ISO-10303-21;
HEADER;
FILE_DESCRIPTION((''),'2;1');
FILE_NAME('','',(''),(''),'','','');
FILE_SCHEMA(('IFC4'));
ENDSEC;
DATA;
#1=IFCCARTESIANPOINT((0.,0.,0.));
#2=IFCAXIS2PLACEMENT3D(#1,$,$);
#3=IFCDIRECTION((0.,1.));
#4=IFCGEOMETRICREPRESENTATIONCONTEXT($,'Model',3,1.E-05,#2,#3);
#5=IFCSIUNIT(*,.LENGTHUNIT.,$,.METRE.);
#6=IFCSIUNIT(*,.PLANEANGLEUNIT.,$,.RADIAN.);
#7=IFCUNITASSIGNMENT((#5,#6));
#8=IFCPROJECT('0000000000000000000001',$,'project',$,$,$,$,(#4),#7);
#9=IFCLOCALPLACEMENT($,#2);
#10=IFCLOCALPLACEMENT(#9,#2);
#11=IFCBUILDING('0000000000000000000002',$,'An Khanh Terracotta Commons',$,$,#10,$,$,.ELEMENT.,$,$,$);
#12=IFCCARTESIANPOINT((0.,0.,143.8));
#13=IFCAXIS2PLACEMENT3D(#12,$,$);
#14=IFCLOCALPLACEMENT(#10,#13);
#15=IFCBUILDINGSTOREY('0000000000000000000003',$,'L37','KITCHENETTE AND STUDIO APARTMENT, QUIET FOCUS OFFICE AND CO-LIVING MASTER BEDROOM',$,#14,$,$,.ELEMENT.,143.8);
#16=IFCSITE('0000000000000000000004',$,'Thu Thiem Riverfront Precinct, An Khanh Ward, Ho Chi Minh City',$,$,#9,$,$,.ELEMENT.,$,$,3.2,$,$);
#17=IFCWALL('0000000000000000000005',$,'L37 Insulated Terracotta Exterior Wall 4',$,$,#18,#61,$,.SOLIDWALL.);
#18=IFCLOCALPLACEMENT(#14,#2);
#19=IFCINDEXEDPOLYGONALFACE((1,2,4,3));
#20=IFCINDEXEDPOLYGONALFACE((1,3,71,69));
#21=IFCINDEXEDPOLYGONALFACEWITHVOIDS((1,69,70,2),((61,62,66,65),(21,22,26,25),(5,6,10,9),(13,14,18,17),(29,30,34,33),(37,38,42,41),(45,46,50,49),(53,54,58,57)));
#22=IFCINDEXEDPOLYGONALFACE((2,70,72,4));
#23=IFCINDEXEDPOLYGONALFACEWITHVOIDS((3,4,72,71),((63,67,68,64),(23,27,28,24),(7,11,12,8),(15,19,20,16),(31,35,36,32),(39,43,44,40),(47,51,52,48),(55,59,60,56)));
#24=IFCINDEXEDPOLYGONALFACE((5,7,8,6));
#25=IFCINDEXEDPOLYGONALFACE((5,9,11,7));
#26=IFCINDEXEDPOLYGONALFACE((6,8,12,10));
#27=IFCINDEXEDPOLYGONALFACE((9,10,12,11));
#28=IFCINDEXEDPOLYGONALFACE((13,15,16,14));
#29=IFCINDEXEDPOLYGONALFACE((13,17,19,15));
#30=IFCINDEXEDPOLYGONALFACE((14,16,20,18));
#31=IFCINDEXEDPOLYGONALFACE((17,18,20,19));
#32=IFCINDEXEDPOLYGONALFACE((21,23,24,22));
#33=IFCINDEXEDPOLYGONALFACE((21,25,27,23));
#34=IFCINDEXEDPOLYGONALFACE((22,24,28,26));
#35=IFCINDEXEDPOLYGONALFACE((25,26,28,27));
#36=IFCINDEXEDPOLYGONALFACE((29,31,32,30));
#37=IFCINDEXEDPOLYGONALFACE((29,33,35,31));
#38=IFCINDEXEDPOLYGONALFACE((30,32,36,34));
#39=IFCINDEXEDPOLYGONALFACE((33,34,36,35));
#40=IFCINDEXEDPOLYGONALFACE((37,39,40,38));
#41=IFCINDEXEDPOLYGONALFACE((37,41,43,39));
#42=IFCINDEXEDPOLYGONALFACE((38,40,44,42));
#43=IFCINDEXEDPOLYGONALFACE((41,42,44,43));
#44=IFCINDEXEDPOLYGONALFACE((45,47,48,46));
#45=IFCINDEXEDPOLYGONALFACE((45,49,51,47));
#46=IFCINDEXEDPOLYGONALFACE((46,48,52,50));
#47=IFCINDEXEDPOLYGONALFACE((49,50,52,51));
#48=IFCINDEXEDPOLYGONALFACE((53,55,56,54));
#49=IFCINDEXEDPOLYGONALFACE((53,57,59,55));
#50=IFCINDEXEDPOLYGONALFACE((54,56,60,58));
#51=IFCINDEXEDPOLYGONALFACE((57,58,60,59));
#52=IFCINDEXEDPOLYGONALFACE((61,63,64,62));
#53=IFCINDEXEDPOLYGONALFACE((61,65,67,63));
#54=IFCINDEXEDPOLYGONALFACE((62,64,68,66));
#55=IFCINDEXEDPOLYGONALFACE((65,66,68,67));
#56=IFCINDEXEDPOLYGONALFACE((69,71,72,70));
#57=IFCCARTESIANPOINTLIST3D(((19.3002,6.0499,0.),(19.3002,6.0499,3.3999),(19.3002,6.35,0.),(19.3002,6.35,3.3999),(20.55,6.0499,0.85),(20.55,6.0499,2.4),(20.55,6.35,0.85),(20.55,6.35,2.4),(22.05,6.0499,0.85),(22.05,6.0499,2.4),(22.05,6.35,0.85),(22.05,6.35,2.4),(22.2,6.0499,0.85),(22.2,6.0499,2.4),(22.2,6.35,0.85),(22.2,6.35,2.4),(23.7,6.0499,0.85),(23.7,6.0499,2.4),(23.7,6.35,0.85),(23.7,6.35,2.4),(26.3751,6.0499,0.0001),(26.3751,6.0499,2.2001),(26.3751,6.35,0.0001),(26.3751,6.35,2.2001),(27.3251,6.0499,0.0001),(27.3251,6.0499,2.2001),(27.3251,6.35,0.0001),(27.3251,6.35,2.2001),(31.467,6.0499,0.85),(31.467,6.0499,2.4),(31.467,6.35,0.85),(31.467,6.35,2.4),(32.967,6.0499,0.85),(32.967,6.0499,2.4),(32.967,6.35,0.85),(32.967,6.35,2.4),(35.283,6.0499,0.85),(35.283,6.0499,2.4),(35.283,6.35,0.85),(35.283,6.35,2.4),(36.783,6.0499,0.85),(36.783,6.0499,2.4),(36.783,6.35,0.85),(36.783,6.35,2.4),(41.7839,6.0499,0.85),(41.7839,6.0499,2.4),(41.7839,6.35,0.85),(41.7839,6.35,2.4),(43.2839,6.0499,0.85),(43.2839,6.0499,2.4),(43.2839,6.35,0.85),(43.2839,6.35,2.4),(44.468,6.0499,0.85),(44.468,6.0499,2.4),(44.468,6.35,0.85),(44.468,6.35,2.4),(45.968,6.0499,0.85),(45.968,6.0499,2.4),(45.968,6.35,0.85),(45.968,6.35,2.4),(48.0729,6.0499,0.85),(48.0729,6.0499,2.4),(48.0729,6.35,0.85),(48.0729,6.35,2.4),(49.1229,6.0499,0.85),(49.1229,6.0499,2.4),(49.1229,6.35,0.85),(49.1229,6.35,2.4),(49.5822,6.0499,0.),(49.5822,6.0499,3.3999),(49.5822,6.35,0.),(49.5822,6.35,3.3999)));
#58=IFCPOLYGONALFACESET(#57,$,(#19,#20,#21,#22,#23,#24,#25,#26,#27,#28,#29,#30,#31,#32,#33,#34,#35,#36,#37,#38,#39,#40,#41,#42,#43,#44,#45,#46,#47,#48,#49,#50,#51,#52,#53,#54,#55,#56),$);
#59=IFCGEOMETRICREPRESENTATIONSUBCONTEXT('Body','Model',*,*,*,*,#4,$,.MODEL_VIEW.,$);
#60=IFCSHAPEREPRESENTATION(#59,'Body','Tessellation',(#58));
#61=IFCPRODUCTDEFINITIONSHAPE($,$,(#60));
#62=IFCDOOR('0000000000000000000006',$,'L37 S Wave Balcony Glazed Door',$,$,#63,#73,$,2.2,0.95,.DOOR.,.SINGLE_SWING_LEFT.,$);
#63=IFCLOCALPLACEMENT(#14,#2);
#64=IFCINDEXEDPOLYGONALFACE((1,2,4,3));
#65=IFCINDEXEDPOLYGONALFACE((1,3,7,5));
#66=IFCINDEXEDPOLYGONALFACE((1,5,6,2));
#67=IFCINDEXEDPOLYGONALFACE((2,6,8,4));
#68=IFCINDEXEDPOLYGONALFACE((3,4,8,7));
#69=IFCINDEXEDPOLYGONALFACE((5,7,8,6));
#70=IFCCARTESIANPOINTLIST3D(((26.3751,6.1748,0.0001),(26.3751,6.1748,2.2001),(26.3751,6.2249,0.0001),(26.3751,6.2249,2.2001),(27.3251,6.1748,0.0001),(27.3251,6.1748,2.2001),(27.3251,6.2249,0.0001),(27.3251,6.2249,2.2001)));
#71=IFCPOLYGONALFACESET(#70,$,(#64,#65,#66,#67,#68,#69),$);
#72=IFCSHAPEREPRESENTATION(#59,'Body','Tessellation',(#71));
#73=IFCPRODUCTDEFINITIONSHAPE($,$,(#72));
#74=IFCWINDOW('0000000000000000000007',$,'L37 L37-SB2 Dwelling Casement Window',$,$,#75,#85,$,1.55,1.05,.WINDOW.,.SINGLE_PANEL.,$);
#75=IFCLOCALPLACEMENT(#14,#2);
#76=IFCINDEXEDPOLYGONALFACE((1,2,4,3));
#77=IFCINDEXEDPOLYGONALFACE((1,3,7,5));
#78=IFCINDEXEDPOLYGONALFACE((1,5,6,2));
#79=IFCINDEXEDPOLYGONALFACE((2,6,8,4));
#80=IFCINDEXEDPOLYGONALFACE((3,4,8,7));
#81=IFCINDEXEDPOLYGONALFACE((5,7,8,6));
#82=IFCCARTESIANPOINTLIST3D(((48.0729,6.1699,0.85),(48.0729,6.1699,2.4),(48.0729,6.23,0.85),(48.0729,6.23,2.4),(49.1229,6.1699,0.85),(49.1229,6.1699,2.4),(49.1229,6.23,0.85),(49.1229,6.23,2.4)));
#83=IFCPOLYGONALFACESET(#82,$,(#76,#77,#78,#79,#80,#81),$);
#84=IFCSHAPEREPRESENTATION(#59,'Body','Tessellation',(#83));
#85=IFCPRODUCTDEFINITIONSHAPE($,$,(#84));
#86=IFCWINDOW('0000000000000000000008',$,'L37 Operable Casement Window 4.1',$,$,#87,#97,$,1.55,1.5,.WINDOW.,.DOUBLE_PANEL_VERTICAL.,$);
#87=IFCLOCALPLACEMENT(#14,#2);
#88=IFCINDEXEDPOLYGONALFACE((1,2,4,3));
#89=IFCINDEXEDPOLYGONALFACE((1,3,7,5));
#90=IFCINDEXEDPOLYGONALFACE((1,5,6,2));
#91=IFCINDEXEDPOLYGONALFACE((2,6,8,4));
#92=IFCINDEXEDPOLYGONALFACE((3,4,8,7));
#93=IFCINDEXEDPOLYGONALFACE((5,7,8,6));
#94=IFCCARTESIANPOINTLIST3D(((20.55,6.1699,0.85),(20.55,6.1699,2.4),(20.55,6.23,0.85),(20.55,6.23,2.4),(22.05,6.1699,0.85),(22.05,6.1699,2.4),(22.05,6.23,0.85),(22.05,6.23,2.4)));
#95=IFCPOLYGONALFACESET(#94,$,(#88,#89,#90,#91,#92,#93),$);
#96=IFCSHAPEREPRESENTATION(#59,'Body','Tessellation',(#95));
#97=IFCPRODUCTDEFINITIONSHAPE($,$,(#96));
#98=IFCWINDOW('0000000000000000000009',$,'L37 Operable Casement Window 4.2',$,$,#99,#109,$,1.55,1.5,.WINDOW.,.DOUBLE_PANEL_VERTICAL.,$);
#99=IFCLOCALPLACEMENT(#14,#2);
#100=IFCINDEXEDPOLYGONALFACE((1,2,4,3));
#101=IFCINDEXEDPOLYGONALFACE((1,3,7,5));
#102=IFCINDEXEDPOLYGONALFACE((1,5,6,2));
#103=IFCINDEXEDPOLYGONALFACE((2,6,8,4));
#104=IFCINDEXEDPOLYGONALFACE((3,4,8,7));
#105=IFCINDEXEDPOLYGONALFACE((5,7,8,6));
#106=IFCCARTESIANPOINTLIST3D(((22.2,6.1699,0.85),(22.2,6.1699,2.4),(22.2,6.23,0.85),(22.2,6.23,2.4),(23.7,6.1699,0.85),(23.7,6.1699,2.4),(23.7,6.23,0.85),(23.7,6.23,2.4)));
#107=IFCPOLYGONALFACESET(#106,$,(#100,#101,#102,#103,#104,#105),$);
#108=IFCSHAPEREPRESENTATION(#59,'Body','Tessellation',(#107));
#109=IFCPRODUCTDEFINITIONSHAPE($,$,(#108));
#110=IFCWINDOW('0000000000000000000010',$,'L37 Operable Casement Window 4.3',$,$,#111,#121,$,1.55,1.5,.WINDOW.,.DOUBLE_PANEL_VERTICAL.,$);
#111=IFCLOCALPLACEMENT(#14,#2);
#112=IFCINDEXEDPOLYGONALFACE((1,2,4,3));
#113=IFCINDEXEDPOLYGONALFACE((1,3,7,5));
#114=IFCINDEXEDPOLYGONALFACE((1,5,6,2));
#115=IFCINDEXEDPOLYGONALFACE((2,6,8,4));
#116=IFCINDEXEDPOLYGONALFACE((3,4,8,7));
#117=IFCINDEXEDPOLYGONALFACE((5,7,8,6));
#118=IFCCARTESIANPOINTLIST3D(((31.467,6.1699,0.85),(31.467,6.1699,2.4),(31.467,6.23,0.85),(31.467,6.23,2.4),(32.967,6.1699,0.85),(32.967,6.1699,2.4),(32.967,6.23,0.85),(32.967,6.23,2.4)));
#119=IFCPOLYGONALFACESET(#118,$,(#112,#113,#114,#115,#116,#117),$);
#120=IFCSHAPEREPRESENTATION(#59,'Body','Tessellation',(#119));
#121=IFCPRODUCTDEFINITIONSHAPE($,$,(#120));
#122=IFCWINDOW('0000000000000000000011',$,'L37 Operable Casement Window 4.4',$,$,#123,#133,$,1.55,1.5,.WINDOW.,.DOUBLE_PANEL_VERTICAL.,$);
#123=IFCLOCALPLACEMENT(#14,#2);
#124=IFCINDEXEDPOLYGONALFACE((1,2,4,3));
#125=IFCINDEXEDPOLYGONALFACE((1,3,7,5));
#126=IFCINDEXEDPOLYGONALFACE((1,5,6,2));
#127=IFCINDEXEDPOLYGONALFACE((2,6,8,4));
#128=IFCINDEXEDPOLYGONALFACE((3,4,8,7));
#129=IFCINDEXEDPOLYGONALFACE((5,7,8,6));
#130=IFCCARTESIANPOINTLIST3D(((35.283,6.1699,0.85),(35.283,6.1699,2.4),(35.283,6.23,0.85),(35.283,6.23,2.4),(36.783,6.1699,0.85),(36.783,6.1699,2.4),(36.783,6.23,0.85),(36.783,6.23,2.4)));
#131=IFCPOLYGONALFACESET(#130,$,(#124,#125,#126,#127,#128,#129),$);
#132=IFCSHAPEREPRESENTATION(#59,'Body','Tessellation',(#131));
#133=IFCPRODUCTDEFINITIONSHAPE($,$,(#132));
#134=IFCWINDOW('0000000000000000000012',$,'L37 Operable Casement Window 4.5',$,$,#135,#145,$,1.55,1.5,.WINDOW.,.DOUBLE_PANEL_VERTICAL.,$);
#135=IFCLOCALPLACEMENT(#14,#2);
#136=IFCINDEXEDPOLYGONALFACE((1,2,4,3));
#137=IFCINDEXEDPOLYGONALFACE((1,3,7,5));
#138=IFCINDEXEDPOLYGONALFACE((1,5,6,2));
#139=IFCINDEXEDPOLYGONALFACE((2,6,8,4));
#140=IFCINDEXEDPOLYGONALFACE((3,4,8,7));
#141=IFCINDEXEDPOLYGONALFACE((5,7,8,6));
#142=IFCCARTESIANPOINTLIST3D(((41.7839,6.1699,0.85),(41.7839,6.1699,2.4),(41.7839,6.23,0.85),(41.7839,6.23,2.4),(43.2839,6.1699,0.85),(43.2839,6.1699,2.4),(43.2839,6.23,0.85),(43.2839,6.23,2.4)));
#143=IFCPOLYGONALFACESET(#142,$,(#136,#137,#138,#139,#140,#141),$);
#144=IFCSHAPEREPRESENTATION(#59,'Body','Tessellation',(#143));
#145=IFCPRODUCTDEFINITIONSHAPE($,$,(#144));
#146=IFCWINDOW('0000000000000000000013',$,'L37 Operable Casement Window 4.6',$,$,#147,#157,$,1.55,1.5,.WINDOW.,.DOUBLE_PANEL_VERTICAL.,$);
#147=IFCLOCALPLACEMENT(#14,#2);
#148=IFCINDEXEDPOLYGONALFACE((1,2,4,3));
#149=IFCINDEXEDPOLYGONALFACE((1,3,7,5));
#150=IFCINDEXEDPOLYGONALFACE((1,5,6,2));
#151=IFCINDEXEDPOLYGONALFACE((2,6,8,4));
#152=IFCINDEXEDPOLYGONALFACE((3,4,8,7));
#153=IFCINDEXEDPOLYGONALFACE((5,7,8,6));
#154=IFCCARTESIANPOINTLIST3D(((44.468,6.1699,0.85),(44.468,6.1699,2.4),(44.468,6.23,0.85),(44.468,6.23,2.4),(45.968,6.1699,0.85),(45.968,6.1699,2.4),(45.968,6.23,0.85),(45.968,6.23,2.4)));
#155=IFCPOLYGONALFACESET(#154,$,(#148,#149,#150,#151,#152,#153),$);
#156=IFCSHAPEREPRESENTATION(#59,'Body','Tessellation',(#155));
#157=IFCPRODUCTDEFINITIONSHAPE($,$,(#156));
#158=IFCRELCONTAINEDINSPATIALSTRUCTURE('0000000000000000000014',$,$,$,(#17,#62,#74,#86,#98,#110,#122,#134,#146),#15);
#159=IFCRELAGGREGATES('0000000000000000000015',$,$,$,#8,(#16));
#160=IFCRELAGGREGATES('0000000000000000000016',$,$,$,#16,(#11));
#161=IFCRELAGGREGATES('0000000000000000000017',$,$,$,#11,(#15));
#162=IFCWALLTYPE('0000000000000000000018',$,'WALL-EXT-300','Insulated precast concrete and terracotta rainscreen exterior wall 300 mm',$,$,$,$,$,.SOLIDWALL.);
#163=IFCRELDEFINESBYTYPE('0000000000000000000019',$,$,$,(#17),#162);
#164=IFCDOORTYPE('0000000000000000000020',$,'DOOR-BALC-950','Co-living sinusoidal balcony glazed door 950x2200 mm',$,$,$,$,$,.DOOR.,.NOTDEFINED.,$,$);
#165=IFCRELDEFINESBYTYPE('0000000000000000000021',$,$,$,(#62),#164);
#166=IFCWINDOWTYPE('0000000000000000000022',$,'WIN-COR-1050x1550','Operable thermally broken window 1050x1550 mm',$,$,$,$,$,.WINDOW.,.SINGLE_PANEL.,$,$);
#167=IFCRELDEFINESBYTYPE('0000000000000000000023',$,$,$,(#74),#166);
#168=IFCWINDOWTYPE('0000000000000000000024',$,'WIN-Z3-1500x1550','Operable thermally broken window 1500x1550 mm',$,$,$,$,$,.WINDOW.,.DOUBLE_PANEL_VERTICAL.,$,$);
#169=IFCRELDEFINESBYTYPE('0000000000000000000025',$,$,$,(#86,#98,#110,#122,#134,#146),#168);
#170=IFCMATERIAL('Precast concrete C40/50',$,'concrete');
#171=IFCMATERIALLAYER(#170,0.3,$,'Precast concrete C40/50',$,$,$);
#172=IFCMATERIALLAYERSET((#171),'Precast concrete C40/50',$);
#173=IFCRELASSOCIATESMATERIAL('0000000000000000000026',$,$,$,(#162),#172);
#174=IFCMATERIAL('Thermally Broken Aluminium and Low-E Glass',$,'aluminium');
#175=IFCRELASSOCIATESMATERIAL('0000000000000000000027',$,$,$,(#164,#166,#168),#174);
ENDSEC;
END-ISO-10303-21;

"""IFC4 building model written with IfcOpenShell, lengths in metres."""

from ifc_helpers import new_model, si_unit, direction, frame, frame_2d, origin, place, context, subcontext, project, spatial, rectangle, extrude, material, layer, layer_set, type_object, element, fill, save


model = new_model("IFC4")

# Units and contexts
model_context = context("Model", 3, precision=1e-05, world=origin(), true_north=direction((0.0, 1.0)))
body_context = subcontext(model_context, "Body", "Model", "MODEL_VIEW")
ifc_project = project(units=[si_unit("LENGTHUNIT", "METRE"), si_unit("PLANEANGLEUNIT", "RADIAN")], contexts=[model_context])

# Site, building, storey
site_placement = place(None, origin())
site = spatial("IfcSite", under=ifc_project, at=site_placement, Name="Thu Thiem Riverfront Precinct, An Khanh Ward, Ho Chi Minh City", CompositionType="ELEMENT", RefElevation=3.2)
building_placement = place(site_placement, origin())
building = spatial("IfcBuilding", under=site, at=building_placement, Name="An Khanh Terracotta Commons", CompositionType="ELEMENT")
storey_placement = place(building_placement, frame((0.0, 0.0, 143.8)))
storey = spatial("IfcBuildingStorey", under=building, at=storey_placement, Name="L37", Description="KITCHENETTE AND STUDIO APARTMENT, QUIET FOCUS OFFICE AND CO-LIVING MASTER BEDROOM", CompositionType="ELEMENT", Elevation=143.8)

# Wall, openings, door, windows
ifc_material_1 = material(Name="Precast concrete C40/50", Category="concrete")
ifc_layer_1 = layer(ifc_material_1, 0.3, Name="Precast concrete C40/50")
ifc_layer_set_1 = layer_set([ifc_layer_1], Name="Precast concrete C40/50")
wall_type_1 = type_object("IfcWallType", Name="WALL-EXT-300", Description="Insulated precast concrete and terracotta rainscreen exterior wall 300 mm", PredefinedType="SOLIDWALL", material=ifc_layer_set_1)
wall_1_placement = place(storey_placement, frame((19.3, 6.2, 0.0), z_axis=(0.0, 0.0, 1.0), x_axis=(1.0, 0.0, 0.0)))
wall_1 = element("IfcWall", 1, at=wall_1_placement, inside=storey, type_object=wall_type_1, Name="L37 Insulated Terracotta Exterior Wall 4", PredefinedType="SOLIDWALL", context=body_context, shape_type="SweptSolid", body=[
    extrude(rectangle(XDim=30.282, YDim=0.3, at=frame_2d((15.1411, 0.0))), origin(), (0.0, 0.0, 1.0), 3.3999),
])
opening_1_placement = place(wall_1_placement, frame((7.075, 0.0, 0.0)))
opening_1 = element("IfcOpeningElement", 2, at=opening_1_placement, cuts=wall_1, PredefinedType="OPENING", context=body_context, shape_type="SweptSolid", body=[
    extrude(rectangle(XDim=0.95, YDim=2.2, at=frame_2d((0.4751, 1.1001))), frame((0.0, 0.1599, 0.0), z_axis=(0.0, -1.0, 0.0), x_axis=(1.0, 0.0, 0.0)), (0.0, 0.0, 1.0), 0.3201),
])
opening_2_placement = place(wall_1_placement, frame((1.25, 0.0, 0.8501)))
opening_2 = element("IfcOpeningElement", 3, at=opening_2_placement, cuts=wall_1, PredefinedType="OPENING", context=body_context, shape_type="SweptSolid", body=[
    extrude(rectangle(XDim=1.5, YDim=1.55, at=frame_2d((0.75, 0.7749))), frame((0.0, 0.1599, 0.0), z_axis=(0.0, -1.0, 0.0), x_axis=(1.0, 0.0, 0.0)), (0.0, 0.0, 1.0), 0.3201),
])
opening_3_placement = place(wall_1_placement, frame((2.8999, 0.0, 0.8501)))
opening_3 = element("IfcOpeningElement", 4, at=opening_3_placement, cuts=wall_1, PredefinedType="OPENING", context=body_context, shape_type="SweptSolid", body=[
    extrude(rectangle(XDim=1.5, YDim=1.55, at=frame_2d((0.75, 0.7749))), frame((0.0, 0.1599, 0.0), z_axis=(0.0, -1.0, 0.0), x_axis=(1.0, 0.0, 0.0)), (0.0, 0.0, 1.0), 0.3201),
])
opening_4_placement = place(wall_1_placement, frame((12.167, 0.0, 0.8501)))
opening_4 = element("IfcOpeningElement", 5, at=opening_4_placement, cuts=wall_1, PredefinedType="OPENING", context=body_context, shape_type="SweptSolid", body=[
    extrude(rectangle(XDim=1.5, YDim=1.55, at=frame_2d((0.75, 0.7749))), frame((0.0, 0.1599, 0.0), z_axis=(0.0, -1.0, 0.0), x_axis=(1.0, 0.0, 0.0)), (0.0, 0.0, 1.0), 0.3201),
])
opening_5_placement = place(wall_1_placement, frame((15.9829, 0.0, 0.8501)))
opening_5 = element("IfcOpeningElement", 6, at=opening_5_placement, cuts=wall_1, PredefinedType="OPENING", context=body_context, shape_type="SweptSolid", body=[
    extrude(rectangle(XDim=1.5, YDim=1.55, at=frame_2d((0.75, 0.7749))), frame((0.0, 0.1599, 0.0), z_axis=(0.0, -1.0, 0.0), x_axis=(1.0, 0.0, 0.0)), (0.0, 0.0, 1.0), 0.3201),
])
opening_6_placement = place(wall_1_placement, frame((22.4839, 0.0, 0.8501)))
opening_6 = element("IfcOpeningElement", 7, at=opening_6_placement, cuts=wall_1, PredefinedType="OPENING", context=body_context, shape_type="SweptSolid", body=[
    extrude(rectangle(XDim=1.5, YDim=1.55, at=frame_2d((0.75, 0.7749))), frame((0.0, 0.1599, 0.0), z_axis=(0.0, -1.0, 0.0), x_axis=(1.0, 0.0, 0.0)), (0.0, 0.0, 1.0), 0.3201),
])
opening_7_placement = place(wall_1_placement, frame((25.168, 0.0, 0.8501)))
opening_7 = element("IfcOpeningElement", 8, at=opening_7_placement, cuts=wall_1, PredefinedType="OPENING", context=body_context, shape_type="SweptSolid", body=[
    extrude(rectangle(XDim=1.5, YDim=1.55, at=frame_2d((0.75, 0.7749))), frame((0.0, 0.1599, 0.0), z_axis=(0.0, -1.0, 0.0), x_axis=(1.0, 0.0, 0.0)), (0.0, 0.0, 1.0), 0.3201),
])
opening_8_placement = place(wall_1_placement, frame((28.7729, 0.0, 0.8501)))
opening_8 = element("IfcOpeningElement", 9, at=opening_8_placement, cuts=wall_1, PredefinedType="OPENING", context=body_context, shape_type="SweptSolid", body=[
    extrude(rectangle(XDim=1.05, YDim=1.55, at=frame_2d((0.5249, 0.7749))), frame((0.0, 0.1599, 0.0), z_axis=(0.0, -1.0, 0.0), x_axis=(1.0, 0.0, 0.0)), (0.0, 0.0, 1.0), 0.3201),
])
ifc_material_2 = material(Name="Thermally Broken Aluminium and Low-E Glass", Category="aluminium")
door_type_1 = type_object("IfcDoorType", Name="DOOR-BALC-950", Description="Co-living sinusoidal balcony glazed door 950x2200 mm", OperationType="NOTDEFINED", PredefinedType="DOOR", material=ifc_material_2)
door_1_placement = place(opening_1_placement, origin())
door_1 = element("IfcDoor", 10, at=door_1_placement, inside=storey, type_object=door_type_1, Name="L37 S Wave Balcony Glazed Door", OperationType="SINGLE_SWING_LEFT", OverallHeight=2.2, OverallWidth=0.95, PredefinedType="DOOR", context=body_context, shape_type="SweptSolid", body=[
    extrude(rectangle(XDim=0.95, YDim=2.2, at=frame_2d((0.4751, 1.1001))), frame((0.0, 0.0249, 0.0), z_axis=(0.0, -1.0, 0.0), x_axis=(1.0, 0.0, 0.0)), (0.0, 0.0, 1.0), 0.05),
])
fill(opening_1, door_1)
window_type_1 = type_object("IfcWindowType", Name="WIN-COR-1050x1550", Description="Operable thermally broken window 1050x1550 mm", PartitioningType="SINGLE_PANEL", PredefinedType="WINDOW", material=ifc_material_2)
window_1_placement = place(opening_8_placement, origin())
window_1 = element("IfcWindow", 11, at=window_1_placement, inside=storey, type_object=window_type_1, Name="L37 L37-SB2 Dwelling Casement Window", OverallHeight=1.55, OverallWidth=1.05, PartitioningType="SINGLE_PANEL", PredefinedType="WINDOW", context=body_context, shape_type="SweptSolid", body=[
    extrude(rectangle(XDim=1.05, YDim=1.55, at=frame_2d((0.5249, 0.7749))), frame((0.0, 0.03, 0.0), z_axis=(0.0, -1.0, 0.0), x_axis=(1.0, 0.0, 0.0)), (0.0, 0.0, 1.0), 0.0601),
])
fill(opening_8, window_1)
window_type_2 = type_object("IfcWindowType", Name="WIN-Z3-1500x1550", Description="Operable thermally broken window 1500x1550 mm", PartitioningType="DOUBLE_PANEL_VERTICAL", PredefinedType="WINDOW", material=ifc_material_2)
window_2_placement = place(opening_2_placement, origin())
window_2 = element("IfcWindow", 12, at=window_2_placement, inside=storey, type_object=window_type_2, Name="L37 Operable Casement Window 4.1", OverallHeight=1.55, OverallWidth=1.5, PartitioningType="DOUBLE_PANEL_VERTICAL", PredefinedType="WINDOW", context=body_context, shape_type="SweptSolid", body=[
    extrude(rectangle(XDim=1.5, YDim=1.55, at=frame_2d((0.75, 0.7749))), frame((0.0, 0.03, 0.0), z_axis=(0.0, -1.0, 0.0), x_axis=(1.0, 0.0, 0.0)), (0.0, 0.0, 1.0), 0.0601),
])
fill(opening_2, window_2)
window_3_placement = place(opening_3_placement, origin())
window_3 = element("IfcWindow", 13, at=window_3_placement, inside=storey, type_object=window_type_2, Name="L37 Operable Casement Window 4.2", OverallHeight=1.55, OverallWidth=1.5, PartitioningType="DOUBLE_PANEL_VERTICAL", PredefinedType="WINDOW", context=body_context, shape_type="SweptSolid", body=[
    extrude(rectangle(XDim=1.5, YDim=1.55, at=frame_2d((0.75, 0.7749))), frame((0.0, 0.03, 0.0), z_axis=(0.0, -1.0, 0.0), x_axis=(1.0, 0.0, 0.0)), (0.0, 0.0, 1.0), 0.0601),
])
fill(opening_3, window_3)
window_4_placement = place(opening_4_placement, origin())
window_4 = element("IfcWindow", 14, at=window_4_placement, inside=storey, type_object=window_type_2, Name="L37 Operable Casement Window 4.3", OverallHeight=1.55, OverallWidth=1.5, PartitioningType="DOUBLE_PANEL_VERTICAL", PredefinedType="WINDOW", context=body_context, shape_type="SweptSolid", body=[
    extrude(rectangle(XDim=1.5, YDim=1.55, at=frame_2d((0.75, 0.7749))), frame((0.0, 0.03, 0.0), z_axis=(0.0, -1.0, 0.0), x_axis=(1.0, 0.0, 0.0)), (0.0, 0.0, 1.0), 0.0601),
])
fill(opening_4, window_4)
window_5_placement = place(opening_5_placement, origin())
window_5 = element("IfcWindow", 15, at=window_5_placement, inside=storey, type_object=window_type_2, Name="L37 Operable Casement Window 4.4", OverallHeight=1.55, OverallWidth=1.5, PartitioningType="DOUBLE_PANEL_VERTICAL", PredefinedType="WINDOW", context=body_context, shape_type="SweptSolid", body=[
    extrude(rectangle(XDim=1.5, YDim=1.55, at=frame_2d((0.75, 0.7749))), frame((0.0, 0.03, 0.0), z_axis=(0.0, -1.0, 0.0), x_axis=(1.0, 0.0, 0.0)), (0.0, 0.0, 1.0), 0.0601),
])
fill(opening_5, window_5)
window_6_placement = place(opening_6_placement, origin())
window_6 = element("IfcWindow", 16, at=window_6_placement, inside=storey, type_object=window_type_2, Name="L37 Operable Casement Window 4.5", OverallHeight=1.55, OverallWidth=1.5, PartitioningType="DOUBLE_PANEL_VERTICAL", PredefinedType="WINDOW", context=body_context, shape_type="SweptSolid", body=[
    extrude(rectangle(XDim=1.5, YDim=1.55, at=frame_2d((0.75, 0.7749))), frame((0.0, 0.03, 0.0), z_axis=(0.0, -1.0, 0.0), x_axis=(1.0, 0.0, 0.0)), (0.0, 0.0, 1.0), 0.0601),
])
fill(opening_6, window_6)
window_7_placement = place(opening_7_placement, origin())
window_7 = element("IfcWindow", 17, at=window_7_placement, inside=storey, type_object=window_type_2, Name="L37 Operable Casement Window 4.6", OverallHeight=1.55, OverallWidth=1.5, PartitioningType="DOUBLE_PANEL_VERTICAL", PredefinedType="WINDOW", context=body_context, shape_type="SweptSolid", body=[
    extrude(rectangle(XDim=1.5, YDim=1.55, at=frame_2d((0.75, 0.7749))), frame((0.0, 0.03, 0.0), z_axis=(0.0, -1.0, 0.0), x_axis=(1.0, 0.0, 0.0)), (0.0, 0.0, 1.0), 0.0601),
])
fill(opening_7, window_7)

save(model, "model.ifc")
